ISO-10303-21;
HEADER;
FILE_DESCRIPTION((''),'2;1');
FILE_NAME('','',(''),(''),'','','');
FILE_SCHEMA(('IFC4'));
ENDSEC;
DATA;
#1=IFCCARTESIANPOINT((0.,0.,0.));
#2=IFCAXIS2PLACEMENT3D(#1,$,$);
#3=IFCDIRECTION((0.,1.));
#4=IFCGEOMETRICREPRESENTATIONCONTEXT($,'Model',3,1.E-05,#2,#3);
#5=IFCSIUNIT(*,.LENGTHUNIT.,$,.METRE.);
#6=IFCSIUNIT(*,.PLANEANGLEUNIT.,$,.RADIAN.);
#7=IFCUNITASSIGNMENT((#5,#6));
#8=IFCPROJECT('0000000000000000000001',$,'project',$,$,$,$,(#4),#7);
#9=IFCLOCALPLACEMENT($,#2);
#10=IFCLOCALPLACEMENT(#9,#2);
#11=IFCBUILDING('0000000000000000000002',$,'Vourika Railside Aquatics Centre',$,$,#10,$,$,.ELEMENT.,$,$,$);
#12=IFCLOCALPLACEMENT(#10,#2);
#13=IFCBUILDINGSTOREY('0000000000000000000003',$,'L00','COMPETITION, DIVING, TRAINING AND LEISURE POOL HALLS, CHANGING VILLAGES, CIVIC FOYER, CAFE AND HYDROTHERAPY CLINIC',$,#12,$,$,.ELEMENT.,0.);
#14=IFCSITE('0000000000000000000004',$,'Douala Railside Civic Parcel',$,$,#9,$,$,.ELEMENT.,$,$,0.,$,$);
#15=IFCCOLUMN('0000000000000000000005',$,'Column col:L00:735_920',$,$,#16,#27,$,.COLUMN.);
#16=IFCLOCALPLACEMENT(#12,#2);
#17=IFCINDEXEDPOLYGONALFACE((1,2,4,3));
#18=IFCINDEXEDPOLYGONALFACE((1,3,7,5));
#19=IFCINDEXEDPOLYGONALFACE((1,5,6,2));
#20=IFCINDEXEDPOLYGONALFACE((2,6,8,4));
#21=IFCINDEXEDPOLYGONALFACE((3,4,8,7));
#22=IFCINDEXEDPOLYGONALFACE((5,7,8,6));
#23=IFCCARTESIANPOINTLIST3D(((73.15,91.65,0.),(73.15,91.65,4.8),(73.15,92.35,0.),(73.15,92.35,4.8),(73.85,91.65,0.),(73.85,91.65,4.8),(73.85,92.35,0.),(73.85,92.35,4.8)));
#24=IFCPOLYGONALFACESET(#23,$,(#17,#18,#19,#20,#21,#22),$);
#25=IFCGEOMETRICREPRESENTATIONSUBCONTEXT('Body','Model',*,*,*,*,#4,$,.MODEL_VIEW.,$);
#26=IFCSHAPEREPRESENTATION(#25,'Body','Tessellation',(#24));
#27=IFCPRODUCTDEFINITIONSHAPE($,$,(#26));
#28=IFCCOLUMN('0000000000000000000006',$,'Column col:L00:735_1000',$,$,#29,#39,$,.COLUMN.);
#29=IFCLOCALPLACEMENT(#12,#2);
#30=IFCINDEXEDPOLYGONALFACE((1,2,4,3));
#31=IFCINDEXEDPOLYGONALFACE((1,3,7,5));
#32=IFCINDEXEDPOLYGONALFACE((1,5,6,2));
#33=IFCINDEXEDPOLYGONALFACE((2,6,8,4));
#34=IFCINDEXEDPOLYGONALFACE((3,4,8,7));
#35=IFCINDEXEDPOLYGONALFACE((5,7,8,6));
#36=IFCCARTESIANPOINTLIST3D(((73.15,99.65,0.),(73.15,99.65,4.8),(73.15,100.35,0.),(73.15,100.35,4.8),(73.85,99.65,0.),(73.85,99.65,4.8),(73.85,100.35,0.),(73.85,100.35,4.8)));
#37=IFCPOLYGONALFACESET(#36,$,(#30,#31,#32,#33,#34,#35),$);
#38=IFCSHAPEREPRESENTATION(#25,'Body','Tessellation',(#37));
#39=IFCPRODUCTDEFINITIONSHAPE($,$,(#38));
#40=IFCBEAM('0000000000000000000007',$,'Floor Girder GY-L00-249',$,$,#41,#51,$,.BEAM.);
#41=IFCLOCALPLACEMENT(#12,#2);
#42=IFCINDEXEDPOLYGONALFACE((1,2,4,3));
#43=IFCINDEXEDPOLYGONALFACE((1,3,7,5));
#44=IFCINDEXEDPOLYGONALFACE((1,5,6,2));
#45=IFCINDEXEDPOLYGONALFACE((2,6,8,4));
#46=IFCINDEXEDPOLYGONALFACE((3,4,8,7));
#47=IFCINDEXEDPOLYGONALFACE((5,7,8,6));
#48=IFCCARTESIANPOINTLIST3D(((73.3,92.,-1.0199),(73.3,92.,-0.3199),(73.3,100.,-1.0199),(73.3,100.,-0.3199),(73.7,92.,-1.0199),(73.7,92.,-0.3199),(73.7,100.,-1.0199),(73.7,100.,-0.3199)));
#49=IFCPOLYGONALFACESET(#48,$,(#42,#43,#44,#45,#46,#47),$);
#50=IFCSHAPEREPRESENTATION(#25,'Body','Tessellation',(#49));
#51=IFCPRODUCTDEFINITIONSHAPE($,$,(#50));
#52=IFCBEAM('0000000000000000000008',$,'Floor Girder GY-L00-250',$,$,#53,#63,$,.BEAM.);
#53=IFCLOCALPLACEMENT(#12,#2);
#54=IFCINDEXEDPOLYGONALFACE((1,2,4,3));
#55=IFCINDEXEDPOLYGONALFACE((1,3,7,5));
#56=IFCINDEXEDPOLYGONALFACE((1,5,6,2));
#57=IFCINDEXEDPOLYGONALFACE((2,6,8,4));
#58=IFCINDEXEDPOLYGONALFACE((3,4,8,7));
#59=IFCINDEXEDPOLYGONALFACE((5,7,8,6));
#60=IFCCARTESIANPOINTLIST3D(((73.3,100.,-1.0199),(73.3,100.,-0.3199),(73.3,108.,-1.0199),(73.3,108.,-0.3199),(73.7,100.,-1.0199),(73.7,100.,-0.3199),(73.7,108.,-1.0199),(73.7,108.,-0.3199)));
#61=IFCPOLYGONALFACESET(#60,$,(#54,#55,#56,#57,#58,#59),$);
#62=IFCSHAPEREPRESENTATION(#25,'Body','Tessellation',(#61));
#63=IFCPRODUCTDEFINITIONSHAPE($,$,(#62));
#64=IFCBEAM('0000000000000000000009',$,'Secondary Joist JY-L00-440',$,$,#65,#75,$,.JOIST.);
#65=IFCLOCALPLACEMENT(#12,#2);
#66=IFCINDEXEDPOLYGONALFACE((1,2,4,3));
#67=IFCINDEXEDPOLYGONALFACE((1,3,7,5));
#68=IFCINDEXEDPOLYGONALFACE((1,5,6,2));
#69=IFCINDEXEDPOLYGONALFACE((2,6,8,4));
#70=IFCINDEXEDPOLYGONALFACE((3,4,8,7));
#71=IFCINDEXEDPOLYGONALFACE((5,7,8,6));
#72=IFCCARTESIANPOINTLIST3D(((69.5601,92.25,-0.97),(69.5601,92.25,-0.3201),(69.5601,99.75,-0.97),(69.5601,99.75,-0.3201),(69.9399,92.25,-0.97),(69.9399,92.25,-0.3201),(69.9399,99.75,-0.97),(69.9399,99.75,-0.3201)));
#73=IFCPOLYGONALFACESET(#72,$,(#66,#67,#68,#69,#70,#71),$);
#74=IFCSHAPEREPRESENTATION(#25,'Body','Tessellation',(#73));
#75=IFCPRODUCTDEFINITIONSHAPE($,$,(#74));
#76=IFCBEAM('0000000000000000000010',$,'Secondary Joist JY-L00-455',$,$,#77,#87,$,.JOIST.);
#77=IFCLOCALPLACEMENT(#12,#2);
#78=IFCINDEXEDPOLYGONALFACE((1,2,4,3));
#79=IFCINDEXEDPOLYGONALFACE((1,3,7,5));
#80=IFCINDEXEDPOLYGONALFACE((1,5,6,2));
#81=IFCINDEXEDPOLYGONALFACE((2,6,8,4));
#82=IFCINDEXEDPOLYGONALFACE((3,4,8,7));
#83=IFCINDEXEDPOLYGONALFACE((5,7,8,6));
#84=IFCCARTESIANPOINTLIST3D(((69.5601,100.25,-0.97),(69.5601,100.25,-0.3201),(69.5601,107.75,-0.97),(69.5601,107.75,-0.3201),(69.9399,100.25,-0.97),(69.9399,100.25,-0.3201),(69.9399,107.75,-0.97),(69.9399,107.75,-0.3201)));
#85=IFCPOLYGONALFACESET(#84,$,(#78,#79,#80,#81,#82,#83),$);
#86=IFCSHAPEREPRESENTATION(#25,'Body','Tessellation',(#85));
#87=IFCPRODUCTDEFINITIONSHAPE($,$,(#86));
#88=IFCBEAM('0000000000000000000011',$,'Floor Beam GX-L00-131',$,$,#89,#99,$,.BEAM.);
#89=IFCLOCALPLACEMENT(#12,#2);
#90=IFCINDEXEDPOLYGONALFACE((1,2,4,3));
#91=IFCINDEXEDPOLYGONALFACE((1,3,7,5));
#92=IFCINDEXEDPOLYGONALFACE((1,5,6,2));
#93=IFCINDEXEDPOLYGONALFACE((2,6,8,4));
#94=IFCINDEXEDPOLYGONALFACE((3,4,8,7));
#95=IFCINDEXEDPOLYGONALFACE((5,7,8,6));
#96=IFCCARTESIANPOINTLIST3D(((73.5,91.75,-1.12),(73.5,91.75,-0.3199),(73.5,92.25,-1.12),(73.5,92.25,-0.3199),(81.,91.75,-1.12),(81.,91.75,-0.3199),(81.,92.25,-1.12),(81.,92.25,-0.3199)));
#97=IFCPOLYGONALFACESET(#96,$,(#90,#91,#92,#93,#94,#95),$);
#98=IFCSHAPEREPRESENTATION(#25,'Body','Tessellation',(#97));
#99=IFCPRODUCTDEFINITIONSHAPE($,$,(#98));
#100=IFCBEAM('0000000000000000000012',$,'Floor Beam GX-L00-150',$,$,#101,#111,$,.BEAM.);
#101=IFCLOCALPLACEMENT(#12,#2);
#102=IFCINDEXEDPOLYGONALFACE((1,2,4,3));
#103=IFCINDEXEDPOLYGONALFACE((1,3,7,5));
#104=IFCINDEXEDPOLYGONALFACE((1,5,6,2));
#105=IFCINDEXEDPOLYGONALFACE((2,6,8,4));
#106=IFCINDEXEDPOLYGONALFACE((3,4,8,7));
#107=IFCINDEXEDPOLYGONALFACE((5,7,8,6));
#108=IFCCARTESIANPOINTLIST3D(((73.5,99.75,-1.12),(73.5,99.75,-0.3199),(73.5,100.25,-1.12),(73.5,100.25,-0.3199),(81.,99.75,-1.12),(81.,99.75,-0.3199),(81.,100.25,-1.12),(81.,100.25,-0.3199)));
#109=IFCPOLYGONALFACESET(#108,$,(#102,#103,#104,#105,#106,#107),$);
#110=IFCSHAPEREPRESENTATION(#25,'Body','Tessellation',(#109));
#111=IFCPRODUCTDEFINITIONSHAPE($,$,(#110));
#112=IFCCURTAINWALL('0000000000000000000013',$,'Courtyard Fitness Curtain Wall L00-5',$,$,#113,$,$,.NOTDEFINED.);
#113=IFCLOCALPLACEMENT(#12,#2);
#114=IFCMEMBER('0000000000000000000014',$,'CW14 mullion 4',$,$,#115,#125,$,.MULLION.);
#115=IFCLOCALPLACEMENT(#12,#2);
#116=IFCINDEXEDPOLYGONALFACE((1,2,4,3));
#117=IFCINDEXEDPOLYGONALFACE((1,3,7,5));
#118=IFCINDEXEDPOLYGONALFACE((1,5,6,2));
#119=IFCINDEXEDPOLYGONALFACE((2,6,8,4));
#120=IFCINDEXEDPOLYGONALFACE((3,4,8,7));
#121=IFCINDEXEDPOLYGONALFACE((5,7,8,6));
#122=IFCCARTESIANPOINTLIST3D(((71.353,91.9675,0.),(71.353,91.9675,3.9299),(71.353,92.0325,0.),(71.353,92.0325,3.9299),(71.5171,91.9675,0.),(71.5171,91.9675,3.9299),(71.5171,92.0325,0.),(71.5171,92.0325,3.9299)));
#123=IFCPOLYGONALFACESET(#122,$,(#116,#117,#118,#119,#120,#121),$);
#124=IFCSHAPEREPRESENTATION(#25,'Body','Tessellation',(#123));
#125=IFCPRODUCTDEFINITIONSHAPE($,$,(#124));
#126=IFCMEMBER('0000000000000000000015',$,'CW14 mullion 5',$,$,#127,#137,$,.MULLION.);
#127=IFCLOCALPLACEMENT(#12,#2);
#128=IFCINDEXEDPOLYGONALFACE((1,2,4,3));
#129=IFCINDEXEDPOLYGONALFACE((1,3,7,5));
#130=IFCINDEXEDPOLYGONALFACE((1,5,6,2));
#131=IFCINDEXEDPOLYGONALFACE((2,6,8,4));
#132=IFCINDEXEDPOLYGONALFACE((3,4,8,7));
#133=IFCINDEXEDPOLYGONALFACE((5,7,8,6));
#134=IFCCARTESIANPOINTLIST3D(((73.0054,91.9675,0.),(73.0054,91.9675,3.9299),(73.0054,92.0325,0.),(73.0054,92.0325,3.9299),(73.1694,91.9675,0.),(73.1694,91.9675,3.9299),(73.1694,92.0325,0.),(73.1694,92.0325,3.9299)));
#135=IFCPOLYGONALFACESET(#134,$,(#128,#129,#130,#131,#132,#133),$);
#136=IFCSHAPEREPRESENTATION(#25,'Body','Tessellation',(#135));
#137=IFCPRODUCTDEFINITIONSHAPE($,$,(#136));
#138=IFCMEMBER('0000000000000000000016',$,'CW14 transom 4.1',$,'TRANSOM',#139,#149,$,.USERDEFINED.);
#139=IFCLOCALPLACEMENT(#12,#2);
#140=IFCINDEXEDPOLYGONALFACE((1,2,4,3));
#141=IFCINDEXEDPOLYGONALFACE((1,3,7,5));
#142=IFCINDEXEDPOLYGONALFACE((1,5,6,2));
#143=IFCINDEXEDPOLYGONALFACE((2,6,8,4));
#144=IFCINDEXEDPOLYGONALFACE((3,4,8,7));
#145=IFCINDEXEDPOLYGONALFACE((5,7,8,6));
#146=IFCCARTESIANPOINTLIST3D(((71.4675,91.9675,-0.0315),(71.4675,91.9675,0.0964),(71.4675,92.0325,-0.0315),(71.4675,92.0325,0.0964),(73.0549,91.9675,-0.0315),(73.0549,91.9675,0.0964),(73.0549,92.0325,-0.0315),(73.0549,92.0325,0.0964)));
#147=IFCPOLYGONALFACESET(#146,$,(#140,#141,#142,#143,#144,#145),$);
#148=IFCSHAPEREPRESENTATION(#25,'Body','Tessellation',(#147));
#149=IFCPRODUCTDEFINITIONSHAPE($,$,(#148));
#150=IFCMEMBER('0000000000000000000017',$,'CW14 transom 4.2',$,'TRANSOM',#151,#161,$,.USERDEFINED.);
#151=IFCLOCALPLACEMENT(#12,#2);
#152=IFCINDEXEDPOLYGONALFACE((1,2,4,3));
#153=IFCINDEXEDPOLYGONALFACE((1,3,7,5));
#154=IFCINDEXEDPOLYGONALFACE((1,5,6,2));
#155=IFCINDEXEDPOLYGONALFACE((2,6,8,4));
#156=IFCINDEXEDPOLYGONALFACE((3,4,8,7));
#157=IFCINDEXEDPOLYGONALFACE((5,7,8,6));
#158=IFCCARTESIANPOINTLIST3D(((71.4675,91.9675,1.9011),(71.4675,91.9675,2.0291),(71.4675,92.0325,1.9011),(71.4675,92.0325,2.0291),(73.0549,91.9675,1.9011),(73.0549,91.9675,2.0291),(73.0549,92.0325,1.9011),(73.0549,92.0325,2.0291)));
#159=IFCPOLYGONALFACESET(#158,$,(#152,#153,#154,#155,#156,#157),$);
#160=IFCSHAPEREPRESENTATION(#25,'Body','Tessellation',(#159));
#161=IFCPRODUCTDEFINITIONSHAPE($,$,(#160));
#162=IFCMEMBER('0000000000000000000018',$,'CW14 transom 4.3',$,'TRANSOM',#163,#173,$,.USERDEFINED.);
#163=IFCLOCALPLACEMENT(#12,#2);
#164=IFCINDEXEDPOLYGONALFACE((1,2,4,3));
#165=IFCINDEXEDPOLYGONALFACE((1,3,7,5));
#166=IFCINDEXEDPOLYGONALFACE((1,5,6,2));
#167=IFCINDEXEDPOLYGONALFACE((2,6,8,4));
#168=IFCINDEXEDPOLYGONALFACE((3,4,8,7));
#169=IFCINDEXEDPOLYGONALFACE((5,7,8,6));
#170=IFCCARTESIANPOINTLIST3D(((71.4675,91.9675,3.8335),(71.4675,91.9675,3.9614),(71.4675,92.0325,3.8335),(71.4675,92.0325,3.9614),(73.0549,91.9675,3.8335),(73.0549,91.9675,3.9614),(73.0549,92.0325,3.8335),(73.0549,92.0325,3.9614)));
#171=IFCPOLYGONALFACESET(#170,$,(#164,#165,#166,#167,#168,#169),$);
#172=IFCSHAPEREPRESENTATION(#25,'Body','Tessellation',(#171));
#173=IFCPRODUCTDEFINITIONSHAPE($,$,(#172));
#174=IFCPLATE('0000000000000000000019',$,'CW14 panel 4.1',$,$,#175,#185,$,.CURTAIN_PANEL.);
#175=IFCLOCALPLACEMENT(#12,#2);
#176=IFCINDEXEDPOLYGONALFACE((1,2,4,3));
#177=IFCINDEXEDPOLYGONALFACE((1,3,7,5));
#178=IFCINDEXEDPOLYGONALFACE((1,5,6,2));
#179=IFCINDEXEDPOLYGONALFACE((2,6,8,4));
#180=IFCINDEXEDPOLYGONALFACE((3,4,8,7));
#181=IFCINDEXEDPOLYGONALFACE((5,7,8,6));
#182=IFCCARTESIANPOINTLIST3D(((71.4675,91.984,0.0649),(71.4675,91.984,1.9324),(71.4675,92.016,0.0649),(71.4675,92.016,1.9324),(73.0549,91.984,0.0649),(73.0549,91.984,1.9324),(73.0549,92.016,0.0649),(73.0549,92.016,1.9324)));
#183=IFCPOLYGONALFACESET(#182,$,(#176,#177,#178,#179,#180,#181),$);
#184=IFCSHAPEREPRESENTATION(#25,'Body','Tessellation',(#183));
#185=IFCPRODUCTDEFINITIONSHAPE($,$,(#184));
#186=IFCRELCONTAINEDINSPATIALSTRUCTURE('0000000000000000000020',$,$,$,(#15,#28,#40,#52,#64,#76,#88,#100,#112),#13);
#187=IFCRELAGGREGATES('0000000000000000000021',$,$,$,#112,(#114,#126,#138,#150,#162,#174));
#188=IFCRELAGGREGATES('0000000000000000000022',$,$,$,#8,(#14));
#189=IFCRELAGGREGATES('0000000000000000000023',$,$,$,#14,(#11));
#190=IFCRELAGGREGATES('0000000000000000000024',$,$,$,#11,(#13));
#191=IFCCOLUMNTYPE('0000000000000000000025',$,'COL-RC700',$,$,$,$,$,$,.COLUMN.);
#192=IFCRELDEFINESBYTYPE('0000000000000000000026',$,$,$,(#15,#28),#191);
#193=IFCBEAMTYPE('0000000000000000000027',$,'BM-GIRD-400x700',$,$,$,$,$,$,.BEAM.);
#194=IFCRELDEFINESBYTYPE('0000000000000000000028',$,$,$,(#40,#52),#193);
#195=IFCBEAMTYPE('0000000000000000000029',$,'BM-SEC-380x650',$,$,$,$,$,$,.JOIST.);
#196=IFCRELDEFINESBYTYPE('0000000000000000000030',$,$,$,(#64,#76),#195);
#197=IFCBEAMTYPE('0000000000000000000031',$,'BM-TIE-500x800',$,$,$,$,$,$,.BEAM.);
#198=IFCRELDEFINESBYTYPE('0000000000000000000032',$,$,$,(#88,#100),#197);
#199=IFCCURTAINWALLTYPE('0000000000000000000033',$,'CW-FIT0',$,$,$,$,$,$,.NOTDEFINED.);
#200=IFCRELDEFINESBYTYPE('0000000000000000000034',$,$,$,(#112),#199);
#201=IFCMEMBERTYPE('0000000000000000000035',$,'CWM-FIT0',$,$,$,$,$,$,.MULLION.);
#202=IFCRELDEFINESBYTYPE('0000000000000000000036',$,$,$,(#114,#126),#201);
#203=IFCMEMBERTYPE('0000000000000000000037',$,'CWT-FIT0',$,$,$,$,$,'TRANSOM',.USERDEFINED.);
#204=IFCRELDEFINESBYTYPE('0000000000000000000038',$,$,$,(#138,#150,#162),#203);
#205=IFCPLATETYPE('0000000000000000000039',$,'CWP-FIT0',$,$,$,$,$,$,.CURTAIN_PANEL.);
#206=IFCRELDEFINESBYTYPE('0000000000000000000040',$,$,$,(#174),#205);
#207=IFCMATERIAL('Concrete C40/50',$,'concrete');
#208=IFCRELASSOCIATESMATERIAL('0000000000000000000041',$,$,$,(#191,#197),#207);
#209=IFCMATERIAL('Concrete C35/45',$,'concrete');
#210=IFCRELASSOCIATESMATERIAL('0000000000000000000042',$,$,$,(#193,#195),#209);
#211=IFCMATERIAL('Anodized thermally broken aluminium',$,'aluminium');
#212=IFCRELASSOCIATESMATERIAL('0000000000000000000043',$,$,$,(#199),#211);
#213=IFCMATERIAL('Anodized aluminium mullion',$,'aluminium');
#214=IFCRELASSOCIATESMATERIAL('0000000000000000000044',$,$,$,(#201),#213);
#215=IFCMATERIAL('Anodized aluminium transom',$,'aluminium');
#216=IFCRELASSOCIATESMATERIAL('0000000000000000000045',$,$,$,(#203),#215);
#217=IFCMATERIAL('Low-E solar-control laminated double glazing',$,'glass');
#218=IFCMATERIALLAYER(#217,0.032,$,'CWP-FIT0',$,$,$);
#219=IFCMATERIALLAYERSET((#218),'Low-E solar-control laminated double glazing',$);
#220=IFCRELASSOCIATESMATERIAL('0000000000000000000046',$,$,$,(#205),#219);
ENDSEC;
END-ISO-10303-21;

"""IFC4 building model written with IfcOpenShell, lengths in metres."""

from ifc_helpers import new_model, si_unit, direction, frame, origin, origin_2d, place, context, subcontext, project, spatial, rectangle, extrude, material, layer, layer_set, material_profile, profile_set, type_object, element, aggregate, save


model = new_model("IFC4")

# Units and contexts
model_context = context("Model", 3, precision=1e-05, world=origin(), true_north=direction((0.0, 1.0)))
body_context = subcontext(model_context, "Body", "Model", "MODEL_VIEW")
ifc_project = project(units=[si_unit("LENGTHUNIT", "METRE"), si_unit("PLANEANGLEUNIT", "RADIAN")], contexts=[model_context])

# Site, building, storey
site_placement = place(None, origin())
site = spatial("IfcSite", under=ifc_project, at=site_placement, Name="Douala Railside Civic Parcel", CompositionType="ELEMENT", RefElevation=0.0)
building_placement = place(site_placement, origin())
building = spatial("IfcBuilding", under=site, at=building_placement, Name="Vourika Railside Aquatics Centre", CompositionType="ELEMENT")
storey_placement = place(building_placement, origin())
storey = spatial("IfcBuildingStorey", under=building, at=storey_placement, Name="L00", Description="COMPETITION, DIVING, TRAINING AND LEISURE POOL HALLS, CHANGING VILLAGES, CIVIC FOYER, CAFE AND HYDROTHERAPY CLINIC", CompositionType="ELEMENT", Elevation=0.0)

# Columns
ifc_material_1 = material(Name="Concrete C40/50", Category="concrete")
ifc_material_profile_1 = material_profile(ifc_material_1, rectangle(XDim=0.7, YDim=0.7, at=origin_2d()), Name="RC 700x700")
ifc_profile_set_1 = profile_set([ifc_material_profile_1], Name="Concrete C40/50")
column_type = type_object("IfcColumnType", Name="COL-RC700", PredefinedType="COLUMN", material=ifc_profile_set_1)
for number, where, z_axis, x_axis, name in (
    (1, (73.5, 92.0, 0.0), (0.0, 0.0, 1.0), (1.0, 0.0, 0.0), "Column col:L00:735_920"),
    (2, (73.5, 100.0, 0.0), (0.0, 0.0, 1.0), (1.0, 0.0, 0.0), "Column col:L00:735_1000"),
):
    element("IfcColumn", number, at=place(storey_placement, frame(where, z_axis=z_axis, x_axis=x_axis)), inside=storey, type_object=column_type, Name=name, PredefinedType="COLUMN", context=body_context, shape_type="SweptSolid", body=[
        extrude(rectangle(XDim=0.7, YDim=0.7, at=origin_2d()), origin(), (0.0, 0.0, 1.0), 4.8),
    ])

# Beams
ifc_material_2 = material(Name="Concrete C35/45", Category="concrete")
ifc_material_profile_2 = material_profile(ifc_material_2, rectangle(XDim=0.3999, YDim=0.7, at=origin_2d()), Name="RC 400x700")
ifc_profile_set_2 = profile_set([ifc_material_profile_2], Name="Concrete C35/45")
beam_type_1 = type_object("IfcBeamType", Name="BM-GIRD-400x700", PredefinedType="BEAM", material=ifc_profile_set_2)
for number, where, z_axis, x_axis, name in (
    (3, (73.5, 92.0, -0.6699), (0.0, 1.0, 0.0), (-1.0, 0.0, 0.0), "Floor Girder GY-L00-249"),
    (4, (73.5, 100.0, -0.6699), (0.0, 1.0, 0.0), (-1.0, 0.0, 0.0), "Floor Girder GY-L00-250"),
):
    element("IfcBeam", number, at=place(storey_placement, frame(where, z_axis=z_axis, x_axis=x_axis)), inside=storey, type_object=beam_type_1, Name=name, PredefinedType="BEAM", context=body_context, shape_type="SweptSolid", body=[
        extrude(rectangle(XDim=0.3999, YDim=0.7, at=origin_2d()), origin(), (0.0, 0.0, 1.0), 8.0),
    ])
ifc_material_profile_3 = material_profile(ifc_material_2, rectangle(XDim=0.3799, YDim=0.6499, at=origin_2d()), Name="RC 380x650")
ifc_profile_set_3 = profile_set([ifc_material_profile_3], Name="Concrete C35/45")
beam_type_2 = type_object("IfcBeamType", Name="BM-SEC-380x650", PredefinedType="JOIST", material=ifc_profile_set_3)
for number, where, z_axis, x_axis, name in (
    (5, (69.75, 92.25, -0.645), (0.0, 1.0, 0.0), (-1.0, 0.0, 0.0), "Secondary Joist JY-L00-440"),
    (6, (69.75, 100.25, -0.645), (0.0, 1.0, 0.0), (-1.0, 0.0, 0.0), "Secondary Joist JY-L00-455"),
):
    element("IfcBeam", number, at=place(storey_placement, frame(where, z_axis=z_axis, x_axis=x_axis)), inside=storey, type_object=beam_type_2, Name=name, PredefinedType="JOIST", context=body_context, shape_type="SweptSolid", body=[
        extrude(rectangle(XDim=0.3799, YDim=0.6499, at=origin_2d()), origin(), (0.0, 0.0, 1.0), 7.5),
    ])
ifc_material_profile_4 = material_profile(ifc_material_1, rectangle(XDim=0.5, YDim=0.8, at=origin_2d()), Name="RC 500x800")
ifc_profile_set_4 = profile_set([ifc_material_profile_4], Name="Concrete C40/50")
beam_type_3 = type_object("IfcBeamType", Name="BM-TIE-500x800", PredefinedType="BEAM", material=ifc_profile_set_4)
for number, where, z_axis, x_axis, name in (
    (7, (73.5, 92.0, -0.72), (1.0, 0.0, 0.0), (0.0, 1.0, 0.0), "Floor Beam GX-L00-131"),
    (8, (73.5, 100.0, -0.72), (1.0, 0.0, 0.0), (0.0, 1.0, 0.0), "Floor Beam GX-L00-150"),
):
    element("IfcBeam", number, at=place(storey_placement, frame(where, z_axis=z_axis, x_axis=x_axis)), inside=storey, type_object=beam_type_3, Name=name, PredefinedType="BEAM", context=body_context, shape_type="SweptSolid", body=[
        extrude(rectangle(XDim=0.5, YDim=0.8, at=origin_2d()), origin(), (0.0, 0.0, 1.0), 7.5),
    ])

# Curtain wall, members, plate
ifc_material_3 = material(Name="Anodized thermally broken aluminium", Category="aluminium")
curtain_wall_type = type_object("IfcCurtainWallType", Name="CW-FIT0", PredefinedType="NOTDEFINED", material=ifc_material_3)
curtain_wall_placement = place(storey_placement, origin())
curtain_wall = element("IfcCurtainWall", 9, at=curtain_wall_placement, inside=storey, type_object=curtain_wall_type, Name="Courtyard Fitness Curtain Wall L00-5", PredefinedType="NOTDEFINED")
ifc_material_4 = material(Name="Anodized aluminium mullion", Category="aluminium")
ifc_material_profile_5 = material_profile(ifc_material_4, rectangle(XDim=0.0649, YDim=0.1641, at=origin_2d()), Name="ALU-M 65x164")
ifc_profile_set_5 = profile_set([ifc_material_profile_5], Name="Anodized aluminium mullion")
member_type_1 = type_object("IfcMemberType", Name="CWM-FIT0", PredefinedType="MULLION", material=ifc_profile_set_5)
member_1_placement = place(storey_placement, frame((71.4351, 92.0, 0.0), z_axis=(0.0, 0.0, 1.0), x_axis=(0.0, 1.0, 0.0)))
member_1 = element("IfcMember", 10, at=member_1_placement, type_object=member_type_1, Name="CW14 mullion 4", PredefinedType="MULLION", context=body_context, shape_type="SweptSolid", body=[
    extrude(rectangle(XDim=0.0649, YDim=0.1641, at=origin_2d()), origin(), (0.0, 0.0, 1.0), 3.9299),
])
member_2_placement = place(storey_placement, frame((73.0874, 92.0, 0.0), z_axis=(0.0, 0.0, 1.0), x_axis=(0.0, 1.0, 0.0)))
member_2 = element("IfcMember", 11, at=member_2_placement, type_object=member_type_1, Name="CW14 mullion 5", PredefinedType="MULLION", context=body_context, shape_type="SweptSolid", body=[
    extrude(rectangle(XDim=0.0649, YDim=0.1641, at=origin_2d()), origin(), (0.0, 0.0, 1.0), 3.9299),
])
ifc_material_5 = material(Name="Anodized aluminium transom", Category="aluminium")
ifc_material_profile_6 = material_profile(ifc_material_5, rectangle(XDim=0.0649, YDim=0.1279, at=origin_2d()), Name="ALU-T 65x128")
ifc_profile_set_6 = profile_set([ifc_material_profile_6], Name="Anodized aluminium transom")
member_type_2 = type_object("IfcMemberType", Name="CWT-FIT0", ElementType="TRANSOM", PredefinedType="USERDEFINED", material=ifc_profile_set_6)
member_3_placement = place(storey_placement, frame((71.4675, 92.0, 0.0325), z_axis=(1.0, 0.0, 0.0), x_axis=(0.0, 1.0, 0.0)))
member_3 = element("IfcMember", 12, at=member_3_placement, type_object=member_type_2, Name="CW14 transom 4.1", ObjectType="TRANSOM", PredefinedType="USERDEFINED", context=body_context, shape_type="SweptSolid", body=[
    extrude(rectangle(XDim=0.0649, YDim=0.1279, at=origin_2d()), origin(), (0.0, 0.0, 1.0), 1.5874),
])
member_4_placement = place(storey_placement, frame((71.4675, 92.0, 1.9651), z_axis=(1.0, 0.0, 0.0), x_axis=(0.0, 1.0, 0.0)))
member_4 = element("IfcMember", 13, at=member_4_placement, type_object=member_type_2, Name="CW14 transom 4.2", ObjectType="TRANSOM", PredefinedType="USERDEFINED", context=body_context, shape_type="SweptSolid", body=[
    extrude(rectangle(XDim=0.0649, YDim=0.1279, at=origin_2d()), origin(), (0.0, 0.0, 1.0), 1.5874),
])
member_5_placement = place(storey_placement, frame((71.4675, 92.0, 3.8975), z_axis=(1.0, 0.0, 0.0), x_axis=(0.0, 1.0, 0.0)))
member_5 = element("IfcMember", 14, at=member_5_placement, type_object=member_type_2, Name="CW14 transom 4.3", ObjectType="TRANSOM", PredefinedType="USERDEFINED", context=body_context, shape_type="SweptSolid", body=[
    extrude(rectangle(XDim=0.0649, YDim=0.1279, at=origin_2d()), origin(), (0.0, 0.0, 1.0), 1.5874),
])
ifc_material_6 = material(Name="Low-E solar-control laminated double glazing", Category="glass")
ifc_layer_1 = layer(ifc_material_6, 0.032, Name="CWP-FIT0")
ifc_layer_set_1 = layer_set([ifc_layer_1], Name="Low-E solar-control laminated double glazing")
plate_type = type_object("IfcPlateType", Name="CWP-FIT0", PredefinedType="CURTAIN_PANEL", material=ifc_layer_set_1)
plate_1_placement = place(storey_placement, frame((72.2612, 92.0, 0.0649), z_axis=(0.0, 0.0, 1.0), x_axis=(1.0, 0.0, 0.0)))
plate_1 = element("IfcPlate", 15, at=plate_1_placement, type_object=plate_type, Name="CW14 panel 4.1", PredefinedType="CURTAIN_PANEL", context=body_context, shape_type="SweptSolid", body=[
    extrude(rectangle(XDim=1.5874, YDim=0.032, at=origin_2d()), origin(), (0.0, 0.0, 1.0), 1.8674),
])
aggregate(curtain_wall, [member_1, member_2, member_3, member_4, member_5, plate_1])

save(model, "model.ifc")
